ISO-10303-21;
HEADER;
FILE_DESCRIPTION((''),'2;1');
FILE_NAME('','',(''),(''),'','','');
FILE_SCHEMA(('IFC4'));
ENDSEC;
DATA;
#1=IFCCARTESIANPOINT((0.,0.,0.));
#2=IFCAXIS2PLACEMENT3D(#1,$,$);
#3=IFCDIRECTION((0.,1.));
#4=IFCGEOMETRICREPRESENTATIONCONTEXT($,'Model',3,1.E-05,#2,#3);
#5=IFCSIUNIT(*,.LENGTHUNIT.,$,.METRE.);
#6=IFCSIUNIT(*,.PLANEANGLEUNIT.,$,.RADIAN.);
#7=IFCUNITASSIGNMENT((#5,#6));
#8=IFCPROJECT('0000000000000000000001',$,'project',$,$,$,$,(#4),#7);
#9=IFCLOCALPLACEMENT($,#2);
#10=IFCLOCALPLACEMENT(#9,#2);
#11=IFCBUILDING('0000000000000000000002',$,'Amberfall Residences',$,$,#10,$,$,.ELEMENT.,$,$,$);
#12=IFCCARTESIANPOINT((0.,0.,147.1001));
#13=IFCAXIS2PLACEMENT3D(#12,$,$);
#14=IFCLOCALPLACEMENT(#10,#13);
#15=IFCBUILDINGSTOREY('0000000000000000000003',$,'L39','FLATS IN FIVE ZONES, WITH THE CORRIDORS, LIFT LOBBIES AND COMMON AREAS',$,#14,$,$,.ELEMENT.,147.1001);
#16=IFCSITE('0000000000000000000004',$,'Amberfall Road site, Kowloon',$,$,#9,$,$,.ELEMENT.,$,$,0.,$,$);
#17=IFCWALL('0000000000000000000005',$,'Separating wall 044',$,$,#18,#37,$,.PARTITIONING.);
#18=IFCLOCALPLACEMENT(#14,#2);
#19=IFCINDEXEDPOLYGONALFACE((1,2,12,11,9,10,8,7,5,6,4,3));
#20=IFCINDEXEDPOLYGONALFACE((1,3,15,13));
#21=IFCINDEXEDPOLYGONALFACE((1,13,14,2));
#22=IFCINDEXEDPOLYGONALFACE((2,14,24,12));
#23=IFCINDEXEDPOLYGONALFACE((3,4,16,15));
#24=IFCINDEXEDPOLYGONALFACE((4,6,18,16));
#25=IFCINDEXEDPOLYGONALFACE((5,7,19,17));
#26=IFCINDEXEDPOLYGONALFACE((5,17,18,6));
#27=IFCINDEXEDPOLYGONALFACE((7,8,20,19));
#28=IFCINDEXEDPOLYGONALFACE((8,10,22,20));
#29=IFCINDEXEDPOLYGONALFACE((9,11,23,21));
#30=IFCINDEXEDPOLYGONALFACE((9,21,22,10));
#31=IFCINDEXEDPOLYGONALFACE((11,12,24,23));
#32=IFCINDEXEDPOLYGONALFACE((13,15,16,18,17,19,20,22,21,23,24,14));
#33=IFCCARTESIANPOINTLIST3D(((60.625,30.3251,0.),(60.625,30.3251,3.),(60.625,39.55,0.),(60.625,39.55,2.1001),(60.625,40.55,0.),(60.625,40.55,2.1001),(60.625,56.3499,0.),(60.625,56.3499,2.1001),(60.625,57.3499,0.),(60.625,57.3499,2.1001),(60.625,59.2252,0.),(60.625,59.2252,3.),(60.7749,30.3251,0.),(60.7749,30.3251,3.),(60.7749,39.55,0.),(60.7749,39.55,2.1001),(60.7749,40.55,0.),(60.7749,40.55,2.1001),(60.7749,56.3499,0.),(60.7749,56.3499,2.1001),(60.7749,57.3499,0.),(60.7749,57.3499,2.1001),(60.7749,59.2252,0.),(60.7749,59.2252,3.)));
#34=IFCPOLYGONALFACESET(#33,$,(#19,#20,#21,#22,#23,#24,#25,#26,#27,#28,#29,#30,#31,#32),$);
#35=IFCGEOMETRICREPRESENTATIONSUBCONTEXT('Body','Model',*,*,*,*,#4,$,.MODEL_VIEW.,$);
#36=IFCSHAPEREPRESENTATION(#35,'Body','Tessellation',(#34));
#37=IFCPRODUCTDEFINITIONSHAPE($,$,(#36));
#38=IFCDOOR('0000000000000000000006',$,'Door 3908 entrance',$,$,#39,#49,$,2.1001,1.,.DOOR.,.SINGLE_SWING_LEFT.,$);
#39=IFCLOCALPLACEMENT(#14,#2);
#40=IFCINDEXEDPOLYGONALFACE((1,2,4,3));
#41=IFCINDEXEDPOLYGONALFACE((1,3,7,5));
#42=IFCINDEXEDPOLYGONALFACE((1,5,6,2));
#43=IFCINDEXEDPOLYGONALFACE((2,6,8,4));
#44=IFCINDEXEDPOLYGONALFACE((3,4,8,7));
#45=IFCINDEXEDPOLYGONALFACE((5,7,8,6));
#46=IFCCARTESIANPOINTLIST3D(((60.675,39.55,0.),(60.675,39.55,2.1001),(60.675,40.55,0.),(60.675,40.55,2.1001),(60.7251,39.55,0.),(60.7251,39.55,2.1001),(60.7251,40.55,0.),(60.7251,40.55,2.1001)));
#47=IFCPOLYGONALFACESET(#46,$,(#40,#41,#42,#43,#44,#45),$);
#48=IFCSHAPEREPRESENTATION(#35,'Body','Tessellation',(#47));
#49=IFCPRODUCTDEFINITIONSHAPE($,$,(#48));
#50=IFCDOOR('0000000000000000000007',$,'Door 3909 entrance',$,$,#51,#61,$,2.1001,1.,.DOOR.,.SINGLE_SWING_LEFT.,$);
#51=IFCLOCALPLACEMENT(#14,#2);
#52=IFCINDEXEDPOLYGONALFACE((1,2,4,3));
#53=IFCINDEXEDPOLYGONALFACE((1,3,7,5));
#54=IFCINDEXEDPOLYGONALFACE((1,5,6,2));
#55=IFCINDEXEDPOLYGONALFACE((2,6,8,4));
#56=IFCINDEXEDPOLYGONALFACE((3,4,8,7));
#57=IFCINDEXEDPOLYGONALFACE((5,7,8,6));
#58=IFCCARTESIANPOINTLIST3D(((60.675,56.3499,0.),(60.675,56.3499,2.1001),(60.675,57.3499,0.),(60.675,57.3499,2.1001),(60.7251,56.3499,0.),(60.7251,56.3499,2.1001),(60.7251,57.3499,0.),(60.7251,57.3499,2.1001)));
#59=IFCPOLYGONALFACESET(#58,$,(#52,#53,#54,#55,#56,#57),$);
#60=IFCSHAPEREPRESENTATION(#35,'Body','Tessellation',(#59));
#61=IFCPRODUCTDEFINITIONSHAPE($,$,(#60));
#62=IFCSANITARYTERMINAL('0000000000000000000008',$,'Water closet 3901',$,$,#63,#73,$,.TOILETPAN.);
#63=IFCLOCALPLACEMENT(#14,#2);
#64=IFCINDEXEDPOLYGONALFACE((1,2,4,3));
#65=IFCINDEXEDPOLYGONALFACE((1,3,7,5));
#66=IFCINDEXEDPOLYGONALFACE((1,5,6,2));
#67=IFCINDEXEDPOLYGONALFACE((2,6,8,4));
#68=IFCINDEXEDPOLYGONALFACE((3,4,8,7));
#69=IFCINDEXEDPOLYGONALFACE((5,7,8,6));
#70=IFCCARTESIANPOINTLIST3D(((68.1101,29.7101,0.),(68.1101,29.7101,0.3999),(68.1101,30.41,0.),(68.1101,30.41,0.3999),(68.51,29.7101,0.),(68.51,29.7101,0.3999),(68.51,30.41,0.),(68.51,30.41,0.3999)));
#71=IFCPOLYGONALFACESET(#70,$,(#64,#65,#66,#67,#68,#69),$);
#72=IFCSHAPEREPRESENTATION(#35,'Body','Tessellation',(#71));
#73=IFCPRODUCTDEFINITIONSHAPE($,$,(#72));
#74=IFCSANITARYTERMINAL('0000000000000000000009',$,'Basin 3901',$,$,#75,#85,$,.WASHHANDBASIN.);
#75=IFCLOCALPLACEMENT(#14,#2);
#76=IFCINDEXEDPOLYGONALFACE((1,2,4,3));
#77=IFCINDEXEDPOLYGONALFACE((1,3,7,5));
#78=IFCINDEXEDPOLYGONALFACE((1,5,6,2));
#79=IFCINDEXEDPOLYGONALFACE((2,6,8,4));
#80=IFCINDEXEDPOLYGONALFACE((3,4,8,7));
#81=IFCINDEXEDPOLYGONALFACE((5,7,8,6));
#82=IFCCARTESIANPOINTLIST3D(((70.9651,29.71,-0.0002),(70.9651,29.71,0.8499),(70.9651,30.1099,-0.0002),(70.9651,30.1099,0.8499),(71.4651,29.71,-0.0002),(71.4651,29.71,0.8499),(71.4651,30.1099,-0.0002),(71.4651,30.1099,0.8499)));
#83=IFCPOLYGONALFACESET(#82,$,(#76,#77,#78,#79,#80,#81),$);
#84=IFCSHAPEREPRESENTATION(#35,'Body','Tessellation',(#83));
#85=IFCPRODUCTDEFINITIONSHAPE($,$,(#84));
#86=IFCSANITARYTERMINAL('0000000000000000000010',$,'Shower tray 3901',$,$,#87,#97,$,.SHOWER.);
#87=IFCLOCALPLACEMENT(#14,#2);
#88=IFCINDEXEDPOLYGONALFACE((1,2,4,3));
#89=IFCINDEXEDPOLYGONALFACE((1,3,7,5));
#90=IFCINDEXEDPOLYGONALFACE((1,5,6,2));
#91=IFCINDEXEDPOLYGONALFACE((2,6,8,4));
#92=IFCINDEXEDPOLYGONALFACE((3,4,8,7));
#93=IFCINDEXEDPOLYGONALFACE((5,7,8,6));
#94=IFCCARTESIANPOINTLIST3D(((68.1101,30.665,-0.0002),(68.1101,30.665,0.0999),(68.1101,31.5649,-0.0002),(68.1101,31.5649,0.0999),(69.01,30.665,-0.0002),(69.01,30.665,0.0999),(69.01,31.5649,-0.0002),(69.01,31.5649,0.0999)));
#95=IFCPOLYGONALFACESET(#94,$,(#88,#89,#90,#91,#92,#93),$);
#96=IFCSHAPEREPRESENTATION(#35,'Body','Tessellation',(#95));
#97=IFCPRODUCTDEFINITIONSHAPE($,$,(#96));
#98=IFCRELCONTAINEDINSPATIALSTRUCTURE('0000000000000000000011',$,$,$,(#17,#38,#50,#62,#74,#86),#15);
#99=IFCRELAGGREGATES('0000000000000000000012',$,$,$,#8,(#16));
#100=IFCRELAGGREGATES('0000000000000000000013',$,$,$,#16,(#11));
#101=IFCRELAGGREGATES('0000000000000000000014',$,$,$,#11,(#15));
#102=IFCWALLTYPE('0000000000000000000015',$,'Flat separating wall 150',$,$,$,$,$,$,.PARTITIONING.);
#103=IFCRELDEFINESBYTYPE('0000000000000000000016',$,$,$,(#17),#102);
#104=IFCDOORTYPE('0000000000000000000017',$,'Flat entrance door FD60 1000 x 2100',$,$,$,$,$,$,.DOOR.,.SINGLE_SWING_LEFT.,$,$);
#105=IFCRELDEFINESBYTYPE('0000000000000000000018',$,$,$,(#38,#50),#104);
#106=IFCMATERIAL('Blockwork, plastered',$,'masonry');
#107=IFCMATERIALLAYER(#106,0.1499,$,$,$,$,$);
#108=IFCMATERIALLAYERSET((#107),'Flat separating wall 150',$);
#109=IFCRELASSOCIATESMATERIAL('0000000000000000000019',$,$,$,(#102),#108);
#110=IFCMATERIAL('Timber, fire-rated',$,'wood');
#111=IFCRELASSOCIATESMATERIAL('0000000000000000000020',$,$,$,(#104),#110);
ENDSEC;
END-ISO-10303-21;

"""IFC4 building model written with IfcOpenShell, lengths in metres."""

from ifc_helpers import new_model, si_unit, direction, frame, frame_2d, origin, origin_2d, place, context, subcontext, project, spatial, rectangle, extrude, material, layer, layer_set, type_object, element, fill, save


model = new_model("IFC4")

# Units and contexts
model_context = context("Model", 3, precision=1e-05, world=origin(), true_north=direction((0.0, 1.0)))
body_context = subcontext(model_context, "Body", "Model", "MODEL_VIEW")
ifc_project = project(units=[si_unit("LENGTHUNIT", "METRE"), si_unit("PLANEANGLEUNIT", "RADIAN")], contexts=[model_context])

# Site, building, storey
site_placement = place(None, origin())
site = spatial("IfcSite", under=ifc_project, at=site_placement, Name="Amberfall Road site, Kowloon", CompositionType="ELEMENT", RefElevation=0.0)
building_placement = place(site_placement, origin())
building = spatial("IfcBuilding", under=site, at=building_placement, Name="Amberfall Residences", CompositionType="ELEMENT")
storey_placement = place(building_placement, frame((0.0, 0.0, 147.1001)))
storey = spatial("IfcBuildingStorey", under=building, at=storey_placement, Name="L39", Description="FLATS IN FIVE ZONES, WITH THE CORRIDORS, LIFT LOBBIES AND COMMON AREAS", CompositionType="ELEMENT", Elevation=147.1001)

# Wall, openings, doors
ifc_material_1 = material(Name="Blockwork, plastered", Category="masonry")
ifc_layer_1 = layer(ifc_material_1, 0.1499)
ifc_layer_set_1 = layer_set([ifc_layer_1], Name="Flat separating wall 150")
wall_type_1 = type_object("IfcWallType", Name="Flat separating wall 150", PredefinedType="PARTITIONING", material=ifc_layer_set_1)
wall_1_placement = place(storey_placement, frame((60.7, 30.325, 0.0), z_axis=(0.0, 0.0, 1.0), x_axis=(0.0, 1.0, 0.0)))
wall_1 = element("IfcWall", 1, at=wall_1_placement, inside=storey, type_object=wall_type_1, Name="Separating wall 044", PredefinedType="PARTITIONING", context=body_context, shape_type="SweptSolid", body=[
    extrude(rectangle(XDim=28.9001, YDim=0.1499, at=frame_2d((14.4502, 0.0))), origin(), (0.0, 0.0, 1.0), 3.0),
])
opening_1_placement = place(wall_1_placement, frame((9.2251, 0.0, 0.0)))
opening_1 = element("IfcOpeningElement", 2, at=opening_1_placement, cuts=wall_1, PredefinedType="OPENING", context=body_context, shape_type="SweptSolid", body=[
    extrude(rectangle(XDim=1.0, YDim=2.1001, at=frame_2d((0.5, 1.05))), frame((0.0, 0.085, 0.0), z_axis=(0.0, -1.0, 0.0), x_axis=(1.0, 0.0, 0.0)), (0.0, 0.0, 1.0), 0.1699),
])
opening_2_placement = place(wall_1_placement, frame((26.0249, 0.0, 0.0)))
opening_2 = element("IfcOpeningElement", 3, at=opening_2_placement, cuts=wall_1, PredefinedType="OPENING", context=body_context, shape_type="SweptSolid", body=[
    extrude(rectangle(XDim=1.0, YDim=2.1001, at=frame_2d((0.5, 1.05))), frame((0.0, 0.085, 0.0), z_axis=(0.0, -1.0, 0.0), x_axis=(1.0, 0.0, 0.0)), (0.0, 0.0, 1.0), 0.1699),
])
ifc_material_2 = material(Name="Timber, fire-rated", Category="wood")
door_type_1 = type_object("IfcDoorType", Name="Flat entrance door FD60 1000 x 2100", OperationType="SINGLE_SWING_LEFT", PredefinedType="DOOR", material=ifc_material_2)
door_1_placement = place(opening_1_placement, origin())
door_1 = element("IfcDoor", 4, at=door_1_placement, inside=storey, type_object=door_type_1, Name="Door 3908 entrance", OperationType="SINGLE_SWING_LEFT", OverallHeight=2.1001, OverallWidth=1.0, PredefinedType="DOOR", context=body_context, shape_type="SweptSolid", body=[
    extrude(rectangle(XDim=1.0, YDim=2.1001, at=frame_2d((0.5, 1.05))), frame((0.0, 0.0249, 0.0), z_axis=(0.0, -1.0, 0.0), x_axis=(1.0, 0.0, 0.0)), (0.0, 0.0, 1.0), 0.05),
])
fill(opening_1, door_1)
door_2_placement = place(opening_2_placement, origin())
door_2 = element("IfcDoor", 5, at=door_2_placement, inside=storey, type_object=door_type_1, Name="Door 3909 entrance", OperationType="SINGLE_SWING_LEFT", OverallHeight=2.1001, OverallWidth=1.0, PredefinedType="DOOR", context=body_context, shape_type="SweptSolid", body=[
    extrude(rectangle(XDim=1.0, YDim=2.1001, at=frame_2d((0.5, 1.05))), frame((0.0, 0.0249, 0.0), z_axis=(0.0, -1.0, 0.0), x_axis=(1.0, 0.0, 0.0)), (0.0, 0.0, 1.0), 0.05),
])
fill(opening_2, door_2)

# Sanitary terminals
sanitary_terminal_1_placement = place(storey_placement, frame((68.3101, 30.0601, 0.0), z_axis=(0.0, 0.0, 1.0), x_axis=(1.0, 0.0, 0.0)))
element("IfcSanitaryTerminal", 6, at=sanitary_terminal_1_placement, inside=storey, Name="Water closet 3901", PredefinedType="TOILETPAN", context=body_context, shape_type="SweptSolid", body=[
    extrude(rectangle(XDim=0.3999, YDim=0.7, at=origin_2d()), origin(), (0.0, 0.0, 1.0), 0.3999),
])
sanitary_terminal_2_placement = place(storey_placement, frame((71.2151, 29.9099, -0.0002), z_axis=(0.0, 0.0, 1.0), x_axis=(1.0, 0.0, 0.0)))
element("IfcSanitaryTerminal", 7, at=sanitary_terminal_2_placement, inside=storey, Name="Basin 3901", PredefinedType="WASHHANDBASIN", context=body_context, shape_type="SweptSolid", body=[
    extrude(rectangle(XDim=0.5, YDim=0.3999, at=origin_2d()), origin(), (0.0, 0.0, 1.0), 0.8501),
])
sanitary_terminal_3_placement = place(storey_placement, frame((68.5601, 31.115, -0.0002), z_axis=(0.0, 0.0, 1.0), x_axis=(1.0, 0.0, 0.0)))
element("IfcSanitaryTerminal", 8, at=sanitary_terminal_3_placement, inside=storey, Name="Shower tray 3901", PredefinedType="SHOWER", context=body_context, shape_type="SweptSolid", body=[
    extrude(rectangle(XDim=0.8999, YDim=0.8999, at=origin_2d()), origin(), (0.0, 0.0, 1.0), 0.1001),
])

save(model, "model.ifc")
